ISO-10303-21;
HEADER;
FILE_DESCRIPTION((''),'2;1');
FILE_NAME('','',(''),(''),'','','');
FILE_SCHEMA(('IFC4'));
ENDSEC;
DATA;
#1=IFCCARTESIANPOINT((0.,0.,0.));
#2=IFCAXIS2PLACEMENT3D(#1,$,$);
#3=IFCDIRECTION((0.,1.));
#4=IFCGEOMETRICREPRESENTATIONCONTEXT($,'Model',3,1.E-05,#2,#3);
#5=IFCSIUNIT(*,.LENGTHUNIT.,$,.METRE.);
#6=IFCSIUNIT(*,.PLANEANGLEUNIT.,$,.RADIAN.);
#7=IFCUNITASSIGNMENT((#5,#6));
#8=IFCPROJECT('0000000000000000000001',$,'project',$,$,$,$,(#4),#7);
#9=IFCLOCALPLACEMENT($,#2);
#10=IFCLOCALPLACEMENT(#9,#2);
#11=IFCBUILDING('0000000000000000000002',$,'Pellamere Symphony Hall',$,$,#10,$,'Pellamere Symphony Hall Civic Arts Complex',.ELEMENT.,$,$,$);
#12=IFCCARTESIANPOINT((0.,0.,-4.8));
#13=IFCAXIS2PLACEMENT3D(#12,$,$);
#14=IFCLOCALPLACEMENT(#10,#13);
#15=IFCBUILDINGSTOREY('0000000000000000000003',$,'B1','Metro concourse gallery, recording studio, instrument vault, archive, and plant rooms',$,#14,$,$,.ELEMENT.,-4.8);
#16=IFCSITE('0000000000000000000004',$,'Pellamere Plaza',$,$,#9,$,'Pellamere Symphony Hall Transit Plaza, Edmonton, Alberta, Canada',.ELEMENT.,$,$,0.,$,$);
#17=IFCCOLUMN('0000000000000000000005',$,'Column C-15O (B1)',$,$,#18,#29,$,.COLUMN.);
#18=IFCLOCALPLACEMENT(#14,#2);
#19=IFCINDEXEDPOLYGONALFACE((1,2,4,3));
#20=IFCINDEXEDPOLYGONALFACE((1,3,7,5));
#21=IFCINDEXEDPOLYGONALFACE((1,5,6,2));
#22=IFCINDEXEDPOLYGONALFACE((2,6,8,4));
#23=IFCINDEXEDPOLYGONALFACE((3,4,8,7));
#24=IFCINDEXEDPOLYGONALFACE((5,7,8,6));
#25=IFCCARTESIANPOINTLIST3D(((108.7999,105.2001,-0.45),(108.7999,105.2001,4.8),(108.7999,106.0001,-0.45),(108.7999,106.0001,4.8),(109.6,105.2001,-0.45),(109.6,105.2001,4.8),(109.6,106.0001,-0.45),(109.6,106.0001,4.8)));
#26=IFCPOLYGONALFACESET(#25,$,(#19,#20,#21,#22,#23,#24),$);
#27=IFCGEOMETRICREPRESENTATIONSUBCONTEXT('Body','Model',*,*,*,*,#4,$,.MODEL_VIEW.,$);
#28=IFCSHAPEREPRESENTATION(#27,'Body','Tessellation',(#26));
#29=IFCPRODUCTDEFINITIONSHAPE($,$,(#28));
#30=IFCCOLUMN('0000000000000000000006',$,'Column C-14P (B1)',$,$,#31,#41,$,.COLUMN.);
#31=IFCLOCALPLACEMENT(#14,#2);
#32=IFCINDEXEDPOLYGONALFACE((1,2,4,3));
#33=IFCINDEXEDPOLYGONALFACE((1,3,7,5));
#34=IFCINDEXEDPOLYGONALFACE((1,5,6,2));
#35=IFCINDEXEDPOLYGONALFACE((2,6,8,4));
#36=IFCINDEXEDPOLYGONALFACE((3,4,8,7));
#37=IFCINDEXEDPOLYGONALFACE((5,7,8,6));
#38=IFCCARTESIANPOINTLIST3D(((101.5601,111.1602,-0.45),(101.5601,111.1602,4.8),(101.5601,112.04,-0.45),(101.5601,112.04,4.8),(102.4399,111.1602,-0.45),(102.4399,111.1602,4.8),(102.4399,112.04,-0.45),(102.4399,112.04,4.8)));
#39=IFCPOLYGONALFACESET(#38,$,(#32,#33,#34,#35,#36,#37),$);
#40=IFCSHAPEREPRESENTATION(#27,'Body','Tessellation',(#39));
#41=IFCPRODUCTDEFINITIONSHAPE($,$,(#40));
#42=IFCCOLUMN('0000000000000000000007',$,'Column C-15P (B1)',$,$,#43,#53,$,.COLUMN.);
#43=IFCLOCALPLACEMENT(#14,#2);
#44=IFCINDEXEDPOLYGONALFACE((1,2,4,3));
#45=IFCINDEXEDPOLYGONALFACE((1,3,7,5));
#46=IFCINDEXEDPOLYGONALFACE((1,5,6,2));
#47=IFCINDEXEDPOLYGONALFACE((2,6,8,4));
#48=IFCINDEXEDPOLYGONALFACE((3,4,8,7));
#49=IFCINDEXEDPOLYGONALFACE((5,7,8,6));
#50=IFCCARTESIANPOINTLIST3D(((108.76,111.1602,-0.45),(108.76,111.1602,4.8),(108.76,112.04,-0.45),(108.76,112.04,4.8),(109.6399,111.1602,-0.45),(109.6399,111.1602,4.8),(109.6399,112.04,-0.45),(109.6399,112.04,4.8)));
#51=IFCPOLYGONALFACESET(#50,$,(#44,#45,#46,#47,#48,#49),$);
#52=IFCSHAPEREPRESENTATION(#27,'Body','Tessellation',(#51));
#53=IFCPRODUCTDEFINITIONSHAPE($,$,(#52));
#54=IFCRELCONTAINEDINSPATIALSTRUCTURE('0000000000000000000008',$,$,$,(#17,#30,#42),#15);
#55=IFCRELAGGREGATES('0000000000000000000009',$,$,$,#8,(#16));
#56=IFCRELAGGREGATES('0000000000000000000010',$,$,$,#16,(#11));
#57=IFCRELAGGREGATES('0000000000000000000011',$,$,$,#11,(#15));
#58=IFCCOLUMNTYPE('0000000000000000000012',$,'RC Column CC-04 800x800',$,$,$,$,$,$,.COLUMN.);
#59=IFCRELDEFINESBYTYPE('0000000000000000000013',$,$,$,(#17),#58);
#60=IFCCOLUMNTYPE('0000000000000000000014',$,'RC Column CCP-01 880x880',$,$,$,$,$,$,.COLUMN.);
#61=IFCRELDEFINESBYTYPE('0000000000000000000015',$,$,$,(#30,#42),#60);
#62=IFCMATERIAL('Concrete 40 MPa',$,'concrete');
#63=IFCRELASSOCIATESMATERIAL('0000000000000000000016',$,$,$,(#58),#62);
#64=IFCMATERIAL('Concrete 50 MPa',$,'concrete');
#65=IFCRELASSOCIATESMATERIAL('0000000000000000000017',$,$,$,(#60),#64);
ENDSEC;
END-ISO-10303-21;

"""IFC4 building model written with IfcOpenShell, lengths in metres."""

from ifc_helpers import new_model, si_unit, direction, frame, origin, origin_2d, place, context, subcontext, project, spatial, rectangle, extrude, material, material_profile, profile_set, type_object, element, save


model = new_model("IFC4")

# Units and contexts
model_context = context("Model", 3, precision=1e-05, world=origin(), true_north=direction((0.0, 1.0)))
body_context = subcontext(model_context, "Body", "Model", "MODEL_VIEW")
ifc_project = project(units=[si_unit("LENGTHUNIT", "METRE"), si_unit("PLANEANGLEUNIT", "RADIAN")], contexts=[model_context])

# Site, building, storey
site_placement = place(None, origin())
site = spatial("IfcSite", under=ifc_project, at=site_placement, Name="Pellamere Plaza", LongName="Pellamere Symphony Hall Transit Plaza, Edmonton, Alberta, Canada", CompositionType="ELEMENT", RefElevation=0.0)
building_placement = place(site_placement, origin())
building = spatial("IfcBuilding", under=site, at=building_placement, Name="Pellamere Symphony Hall", LongName="Pellamere Symphony Hall Civic Arts Complex", CompositionType="ELEMENT")
storey_placement = place(building_placement, frame((0.0, 0.0, -4.8)))
storey = spatial("IfcBuildingStorey", under=building, at=storey_placement, Name="B1", Description="Metro concourse gallery, recording studio, instrument vault, archive, and plant rooms", CompositionType="ELEMENT", Elevation=-4.8)

# Shared definitions
ifc_material_1 = material(Name="Concrete 40 MPa", Category="concrete")

# Columns
ifc_material_profile_1 = material_profile(ifc_material_1, rectangle(XDim=0.8, YDim=0.8, at=origin_2d()), Name="RC 800x800")
ifc_profile_set_1 = profile_set([ifc_material_profile_1], Name="Concrete 40 MPa")
column_type_1 = type_object("IfcColumnType", Name="RC Column CC-04 800x800", PredefinedType="COLUMN", material=ifc_profile_set_1)
for number, where, z_axis, x_axis, name in (
    (1, (109.2, 105.6001, -0.45), (0.0, 0.0, 1.0), (1.0, 0.0, 0.0), "Column C-15O (B1)"),
):
    element("IfcColumn", number, at=place(storey_placement, frame(where, z_axis=z_axis, x_axis=x_axis)), inside=storey, type_object=column_type_1, Name=name, PredefinedType="COLUMN", context=body_context, shape_type="SweptSolid", body=[
        extrude(rectangle(XDim=0.8, YDim=0.8, at=origin_2d()), origin(), (0.0, 0.0, 1.0), 5.25),
    ])
ifc_material_2 = material(Name="Concrete 50 MPa", Category="concrete")
ifc_material_profile_2 = material_profile(ifc_material_2, rectangle(XDim=0.8799, YDim=0.8799, at=origin_2d()), Name="RC 880x880")
ifc_profile_set_2 = profile_set([ifc_material_profile_2], Name="Concrete 50 MPa")
column_type_2 = type_object("IfcColumnType", Name="RC Column CCP-01 880x880", PredefinedType="COLUMN", material=ifc_profile_set_2)
for number, where, z_axis, x_axis, name in (
    (2, (102.0, 111.6001, -0.45), (0.0, 0.0, 1.0), (1.0, 0.0, 0.0), "Column C-14P (B1)"),
    (3, (109.2, 111.6001, -0.45), (0.0, 0.0, 1.0), (1.0, 0.0, 0.0), "Column C-15P (B1)"),
):
    element("IfcColumn", number, at=place(storey_placement, frame(where, z_axis=z_axis, x_axis=x_axis)), inside=storey, type_object=column_type_2, Name=name, PredefinedType="COLUMN", context=body_context, shape_type="SweptSolid", body=[
        extrude(rectangle(XDim=0.8799, YDim=0.8799, at=origin_2d()), origin(), (0.0, 0.0, 1.0), 5.25),
    ])

save(model, "model.ifc")
